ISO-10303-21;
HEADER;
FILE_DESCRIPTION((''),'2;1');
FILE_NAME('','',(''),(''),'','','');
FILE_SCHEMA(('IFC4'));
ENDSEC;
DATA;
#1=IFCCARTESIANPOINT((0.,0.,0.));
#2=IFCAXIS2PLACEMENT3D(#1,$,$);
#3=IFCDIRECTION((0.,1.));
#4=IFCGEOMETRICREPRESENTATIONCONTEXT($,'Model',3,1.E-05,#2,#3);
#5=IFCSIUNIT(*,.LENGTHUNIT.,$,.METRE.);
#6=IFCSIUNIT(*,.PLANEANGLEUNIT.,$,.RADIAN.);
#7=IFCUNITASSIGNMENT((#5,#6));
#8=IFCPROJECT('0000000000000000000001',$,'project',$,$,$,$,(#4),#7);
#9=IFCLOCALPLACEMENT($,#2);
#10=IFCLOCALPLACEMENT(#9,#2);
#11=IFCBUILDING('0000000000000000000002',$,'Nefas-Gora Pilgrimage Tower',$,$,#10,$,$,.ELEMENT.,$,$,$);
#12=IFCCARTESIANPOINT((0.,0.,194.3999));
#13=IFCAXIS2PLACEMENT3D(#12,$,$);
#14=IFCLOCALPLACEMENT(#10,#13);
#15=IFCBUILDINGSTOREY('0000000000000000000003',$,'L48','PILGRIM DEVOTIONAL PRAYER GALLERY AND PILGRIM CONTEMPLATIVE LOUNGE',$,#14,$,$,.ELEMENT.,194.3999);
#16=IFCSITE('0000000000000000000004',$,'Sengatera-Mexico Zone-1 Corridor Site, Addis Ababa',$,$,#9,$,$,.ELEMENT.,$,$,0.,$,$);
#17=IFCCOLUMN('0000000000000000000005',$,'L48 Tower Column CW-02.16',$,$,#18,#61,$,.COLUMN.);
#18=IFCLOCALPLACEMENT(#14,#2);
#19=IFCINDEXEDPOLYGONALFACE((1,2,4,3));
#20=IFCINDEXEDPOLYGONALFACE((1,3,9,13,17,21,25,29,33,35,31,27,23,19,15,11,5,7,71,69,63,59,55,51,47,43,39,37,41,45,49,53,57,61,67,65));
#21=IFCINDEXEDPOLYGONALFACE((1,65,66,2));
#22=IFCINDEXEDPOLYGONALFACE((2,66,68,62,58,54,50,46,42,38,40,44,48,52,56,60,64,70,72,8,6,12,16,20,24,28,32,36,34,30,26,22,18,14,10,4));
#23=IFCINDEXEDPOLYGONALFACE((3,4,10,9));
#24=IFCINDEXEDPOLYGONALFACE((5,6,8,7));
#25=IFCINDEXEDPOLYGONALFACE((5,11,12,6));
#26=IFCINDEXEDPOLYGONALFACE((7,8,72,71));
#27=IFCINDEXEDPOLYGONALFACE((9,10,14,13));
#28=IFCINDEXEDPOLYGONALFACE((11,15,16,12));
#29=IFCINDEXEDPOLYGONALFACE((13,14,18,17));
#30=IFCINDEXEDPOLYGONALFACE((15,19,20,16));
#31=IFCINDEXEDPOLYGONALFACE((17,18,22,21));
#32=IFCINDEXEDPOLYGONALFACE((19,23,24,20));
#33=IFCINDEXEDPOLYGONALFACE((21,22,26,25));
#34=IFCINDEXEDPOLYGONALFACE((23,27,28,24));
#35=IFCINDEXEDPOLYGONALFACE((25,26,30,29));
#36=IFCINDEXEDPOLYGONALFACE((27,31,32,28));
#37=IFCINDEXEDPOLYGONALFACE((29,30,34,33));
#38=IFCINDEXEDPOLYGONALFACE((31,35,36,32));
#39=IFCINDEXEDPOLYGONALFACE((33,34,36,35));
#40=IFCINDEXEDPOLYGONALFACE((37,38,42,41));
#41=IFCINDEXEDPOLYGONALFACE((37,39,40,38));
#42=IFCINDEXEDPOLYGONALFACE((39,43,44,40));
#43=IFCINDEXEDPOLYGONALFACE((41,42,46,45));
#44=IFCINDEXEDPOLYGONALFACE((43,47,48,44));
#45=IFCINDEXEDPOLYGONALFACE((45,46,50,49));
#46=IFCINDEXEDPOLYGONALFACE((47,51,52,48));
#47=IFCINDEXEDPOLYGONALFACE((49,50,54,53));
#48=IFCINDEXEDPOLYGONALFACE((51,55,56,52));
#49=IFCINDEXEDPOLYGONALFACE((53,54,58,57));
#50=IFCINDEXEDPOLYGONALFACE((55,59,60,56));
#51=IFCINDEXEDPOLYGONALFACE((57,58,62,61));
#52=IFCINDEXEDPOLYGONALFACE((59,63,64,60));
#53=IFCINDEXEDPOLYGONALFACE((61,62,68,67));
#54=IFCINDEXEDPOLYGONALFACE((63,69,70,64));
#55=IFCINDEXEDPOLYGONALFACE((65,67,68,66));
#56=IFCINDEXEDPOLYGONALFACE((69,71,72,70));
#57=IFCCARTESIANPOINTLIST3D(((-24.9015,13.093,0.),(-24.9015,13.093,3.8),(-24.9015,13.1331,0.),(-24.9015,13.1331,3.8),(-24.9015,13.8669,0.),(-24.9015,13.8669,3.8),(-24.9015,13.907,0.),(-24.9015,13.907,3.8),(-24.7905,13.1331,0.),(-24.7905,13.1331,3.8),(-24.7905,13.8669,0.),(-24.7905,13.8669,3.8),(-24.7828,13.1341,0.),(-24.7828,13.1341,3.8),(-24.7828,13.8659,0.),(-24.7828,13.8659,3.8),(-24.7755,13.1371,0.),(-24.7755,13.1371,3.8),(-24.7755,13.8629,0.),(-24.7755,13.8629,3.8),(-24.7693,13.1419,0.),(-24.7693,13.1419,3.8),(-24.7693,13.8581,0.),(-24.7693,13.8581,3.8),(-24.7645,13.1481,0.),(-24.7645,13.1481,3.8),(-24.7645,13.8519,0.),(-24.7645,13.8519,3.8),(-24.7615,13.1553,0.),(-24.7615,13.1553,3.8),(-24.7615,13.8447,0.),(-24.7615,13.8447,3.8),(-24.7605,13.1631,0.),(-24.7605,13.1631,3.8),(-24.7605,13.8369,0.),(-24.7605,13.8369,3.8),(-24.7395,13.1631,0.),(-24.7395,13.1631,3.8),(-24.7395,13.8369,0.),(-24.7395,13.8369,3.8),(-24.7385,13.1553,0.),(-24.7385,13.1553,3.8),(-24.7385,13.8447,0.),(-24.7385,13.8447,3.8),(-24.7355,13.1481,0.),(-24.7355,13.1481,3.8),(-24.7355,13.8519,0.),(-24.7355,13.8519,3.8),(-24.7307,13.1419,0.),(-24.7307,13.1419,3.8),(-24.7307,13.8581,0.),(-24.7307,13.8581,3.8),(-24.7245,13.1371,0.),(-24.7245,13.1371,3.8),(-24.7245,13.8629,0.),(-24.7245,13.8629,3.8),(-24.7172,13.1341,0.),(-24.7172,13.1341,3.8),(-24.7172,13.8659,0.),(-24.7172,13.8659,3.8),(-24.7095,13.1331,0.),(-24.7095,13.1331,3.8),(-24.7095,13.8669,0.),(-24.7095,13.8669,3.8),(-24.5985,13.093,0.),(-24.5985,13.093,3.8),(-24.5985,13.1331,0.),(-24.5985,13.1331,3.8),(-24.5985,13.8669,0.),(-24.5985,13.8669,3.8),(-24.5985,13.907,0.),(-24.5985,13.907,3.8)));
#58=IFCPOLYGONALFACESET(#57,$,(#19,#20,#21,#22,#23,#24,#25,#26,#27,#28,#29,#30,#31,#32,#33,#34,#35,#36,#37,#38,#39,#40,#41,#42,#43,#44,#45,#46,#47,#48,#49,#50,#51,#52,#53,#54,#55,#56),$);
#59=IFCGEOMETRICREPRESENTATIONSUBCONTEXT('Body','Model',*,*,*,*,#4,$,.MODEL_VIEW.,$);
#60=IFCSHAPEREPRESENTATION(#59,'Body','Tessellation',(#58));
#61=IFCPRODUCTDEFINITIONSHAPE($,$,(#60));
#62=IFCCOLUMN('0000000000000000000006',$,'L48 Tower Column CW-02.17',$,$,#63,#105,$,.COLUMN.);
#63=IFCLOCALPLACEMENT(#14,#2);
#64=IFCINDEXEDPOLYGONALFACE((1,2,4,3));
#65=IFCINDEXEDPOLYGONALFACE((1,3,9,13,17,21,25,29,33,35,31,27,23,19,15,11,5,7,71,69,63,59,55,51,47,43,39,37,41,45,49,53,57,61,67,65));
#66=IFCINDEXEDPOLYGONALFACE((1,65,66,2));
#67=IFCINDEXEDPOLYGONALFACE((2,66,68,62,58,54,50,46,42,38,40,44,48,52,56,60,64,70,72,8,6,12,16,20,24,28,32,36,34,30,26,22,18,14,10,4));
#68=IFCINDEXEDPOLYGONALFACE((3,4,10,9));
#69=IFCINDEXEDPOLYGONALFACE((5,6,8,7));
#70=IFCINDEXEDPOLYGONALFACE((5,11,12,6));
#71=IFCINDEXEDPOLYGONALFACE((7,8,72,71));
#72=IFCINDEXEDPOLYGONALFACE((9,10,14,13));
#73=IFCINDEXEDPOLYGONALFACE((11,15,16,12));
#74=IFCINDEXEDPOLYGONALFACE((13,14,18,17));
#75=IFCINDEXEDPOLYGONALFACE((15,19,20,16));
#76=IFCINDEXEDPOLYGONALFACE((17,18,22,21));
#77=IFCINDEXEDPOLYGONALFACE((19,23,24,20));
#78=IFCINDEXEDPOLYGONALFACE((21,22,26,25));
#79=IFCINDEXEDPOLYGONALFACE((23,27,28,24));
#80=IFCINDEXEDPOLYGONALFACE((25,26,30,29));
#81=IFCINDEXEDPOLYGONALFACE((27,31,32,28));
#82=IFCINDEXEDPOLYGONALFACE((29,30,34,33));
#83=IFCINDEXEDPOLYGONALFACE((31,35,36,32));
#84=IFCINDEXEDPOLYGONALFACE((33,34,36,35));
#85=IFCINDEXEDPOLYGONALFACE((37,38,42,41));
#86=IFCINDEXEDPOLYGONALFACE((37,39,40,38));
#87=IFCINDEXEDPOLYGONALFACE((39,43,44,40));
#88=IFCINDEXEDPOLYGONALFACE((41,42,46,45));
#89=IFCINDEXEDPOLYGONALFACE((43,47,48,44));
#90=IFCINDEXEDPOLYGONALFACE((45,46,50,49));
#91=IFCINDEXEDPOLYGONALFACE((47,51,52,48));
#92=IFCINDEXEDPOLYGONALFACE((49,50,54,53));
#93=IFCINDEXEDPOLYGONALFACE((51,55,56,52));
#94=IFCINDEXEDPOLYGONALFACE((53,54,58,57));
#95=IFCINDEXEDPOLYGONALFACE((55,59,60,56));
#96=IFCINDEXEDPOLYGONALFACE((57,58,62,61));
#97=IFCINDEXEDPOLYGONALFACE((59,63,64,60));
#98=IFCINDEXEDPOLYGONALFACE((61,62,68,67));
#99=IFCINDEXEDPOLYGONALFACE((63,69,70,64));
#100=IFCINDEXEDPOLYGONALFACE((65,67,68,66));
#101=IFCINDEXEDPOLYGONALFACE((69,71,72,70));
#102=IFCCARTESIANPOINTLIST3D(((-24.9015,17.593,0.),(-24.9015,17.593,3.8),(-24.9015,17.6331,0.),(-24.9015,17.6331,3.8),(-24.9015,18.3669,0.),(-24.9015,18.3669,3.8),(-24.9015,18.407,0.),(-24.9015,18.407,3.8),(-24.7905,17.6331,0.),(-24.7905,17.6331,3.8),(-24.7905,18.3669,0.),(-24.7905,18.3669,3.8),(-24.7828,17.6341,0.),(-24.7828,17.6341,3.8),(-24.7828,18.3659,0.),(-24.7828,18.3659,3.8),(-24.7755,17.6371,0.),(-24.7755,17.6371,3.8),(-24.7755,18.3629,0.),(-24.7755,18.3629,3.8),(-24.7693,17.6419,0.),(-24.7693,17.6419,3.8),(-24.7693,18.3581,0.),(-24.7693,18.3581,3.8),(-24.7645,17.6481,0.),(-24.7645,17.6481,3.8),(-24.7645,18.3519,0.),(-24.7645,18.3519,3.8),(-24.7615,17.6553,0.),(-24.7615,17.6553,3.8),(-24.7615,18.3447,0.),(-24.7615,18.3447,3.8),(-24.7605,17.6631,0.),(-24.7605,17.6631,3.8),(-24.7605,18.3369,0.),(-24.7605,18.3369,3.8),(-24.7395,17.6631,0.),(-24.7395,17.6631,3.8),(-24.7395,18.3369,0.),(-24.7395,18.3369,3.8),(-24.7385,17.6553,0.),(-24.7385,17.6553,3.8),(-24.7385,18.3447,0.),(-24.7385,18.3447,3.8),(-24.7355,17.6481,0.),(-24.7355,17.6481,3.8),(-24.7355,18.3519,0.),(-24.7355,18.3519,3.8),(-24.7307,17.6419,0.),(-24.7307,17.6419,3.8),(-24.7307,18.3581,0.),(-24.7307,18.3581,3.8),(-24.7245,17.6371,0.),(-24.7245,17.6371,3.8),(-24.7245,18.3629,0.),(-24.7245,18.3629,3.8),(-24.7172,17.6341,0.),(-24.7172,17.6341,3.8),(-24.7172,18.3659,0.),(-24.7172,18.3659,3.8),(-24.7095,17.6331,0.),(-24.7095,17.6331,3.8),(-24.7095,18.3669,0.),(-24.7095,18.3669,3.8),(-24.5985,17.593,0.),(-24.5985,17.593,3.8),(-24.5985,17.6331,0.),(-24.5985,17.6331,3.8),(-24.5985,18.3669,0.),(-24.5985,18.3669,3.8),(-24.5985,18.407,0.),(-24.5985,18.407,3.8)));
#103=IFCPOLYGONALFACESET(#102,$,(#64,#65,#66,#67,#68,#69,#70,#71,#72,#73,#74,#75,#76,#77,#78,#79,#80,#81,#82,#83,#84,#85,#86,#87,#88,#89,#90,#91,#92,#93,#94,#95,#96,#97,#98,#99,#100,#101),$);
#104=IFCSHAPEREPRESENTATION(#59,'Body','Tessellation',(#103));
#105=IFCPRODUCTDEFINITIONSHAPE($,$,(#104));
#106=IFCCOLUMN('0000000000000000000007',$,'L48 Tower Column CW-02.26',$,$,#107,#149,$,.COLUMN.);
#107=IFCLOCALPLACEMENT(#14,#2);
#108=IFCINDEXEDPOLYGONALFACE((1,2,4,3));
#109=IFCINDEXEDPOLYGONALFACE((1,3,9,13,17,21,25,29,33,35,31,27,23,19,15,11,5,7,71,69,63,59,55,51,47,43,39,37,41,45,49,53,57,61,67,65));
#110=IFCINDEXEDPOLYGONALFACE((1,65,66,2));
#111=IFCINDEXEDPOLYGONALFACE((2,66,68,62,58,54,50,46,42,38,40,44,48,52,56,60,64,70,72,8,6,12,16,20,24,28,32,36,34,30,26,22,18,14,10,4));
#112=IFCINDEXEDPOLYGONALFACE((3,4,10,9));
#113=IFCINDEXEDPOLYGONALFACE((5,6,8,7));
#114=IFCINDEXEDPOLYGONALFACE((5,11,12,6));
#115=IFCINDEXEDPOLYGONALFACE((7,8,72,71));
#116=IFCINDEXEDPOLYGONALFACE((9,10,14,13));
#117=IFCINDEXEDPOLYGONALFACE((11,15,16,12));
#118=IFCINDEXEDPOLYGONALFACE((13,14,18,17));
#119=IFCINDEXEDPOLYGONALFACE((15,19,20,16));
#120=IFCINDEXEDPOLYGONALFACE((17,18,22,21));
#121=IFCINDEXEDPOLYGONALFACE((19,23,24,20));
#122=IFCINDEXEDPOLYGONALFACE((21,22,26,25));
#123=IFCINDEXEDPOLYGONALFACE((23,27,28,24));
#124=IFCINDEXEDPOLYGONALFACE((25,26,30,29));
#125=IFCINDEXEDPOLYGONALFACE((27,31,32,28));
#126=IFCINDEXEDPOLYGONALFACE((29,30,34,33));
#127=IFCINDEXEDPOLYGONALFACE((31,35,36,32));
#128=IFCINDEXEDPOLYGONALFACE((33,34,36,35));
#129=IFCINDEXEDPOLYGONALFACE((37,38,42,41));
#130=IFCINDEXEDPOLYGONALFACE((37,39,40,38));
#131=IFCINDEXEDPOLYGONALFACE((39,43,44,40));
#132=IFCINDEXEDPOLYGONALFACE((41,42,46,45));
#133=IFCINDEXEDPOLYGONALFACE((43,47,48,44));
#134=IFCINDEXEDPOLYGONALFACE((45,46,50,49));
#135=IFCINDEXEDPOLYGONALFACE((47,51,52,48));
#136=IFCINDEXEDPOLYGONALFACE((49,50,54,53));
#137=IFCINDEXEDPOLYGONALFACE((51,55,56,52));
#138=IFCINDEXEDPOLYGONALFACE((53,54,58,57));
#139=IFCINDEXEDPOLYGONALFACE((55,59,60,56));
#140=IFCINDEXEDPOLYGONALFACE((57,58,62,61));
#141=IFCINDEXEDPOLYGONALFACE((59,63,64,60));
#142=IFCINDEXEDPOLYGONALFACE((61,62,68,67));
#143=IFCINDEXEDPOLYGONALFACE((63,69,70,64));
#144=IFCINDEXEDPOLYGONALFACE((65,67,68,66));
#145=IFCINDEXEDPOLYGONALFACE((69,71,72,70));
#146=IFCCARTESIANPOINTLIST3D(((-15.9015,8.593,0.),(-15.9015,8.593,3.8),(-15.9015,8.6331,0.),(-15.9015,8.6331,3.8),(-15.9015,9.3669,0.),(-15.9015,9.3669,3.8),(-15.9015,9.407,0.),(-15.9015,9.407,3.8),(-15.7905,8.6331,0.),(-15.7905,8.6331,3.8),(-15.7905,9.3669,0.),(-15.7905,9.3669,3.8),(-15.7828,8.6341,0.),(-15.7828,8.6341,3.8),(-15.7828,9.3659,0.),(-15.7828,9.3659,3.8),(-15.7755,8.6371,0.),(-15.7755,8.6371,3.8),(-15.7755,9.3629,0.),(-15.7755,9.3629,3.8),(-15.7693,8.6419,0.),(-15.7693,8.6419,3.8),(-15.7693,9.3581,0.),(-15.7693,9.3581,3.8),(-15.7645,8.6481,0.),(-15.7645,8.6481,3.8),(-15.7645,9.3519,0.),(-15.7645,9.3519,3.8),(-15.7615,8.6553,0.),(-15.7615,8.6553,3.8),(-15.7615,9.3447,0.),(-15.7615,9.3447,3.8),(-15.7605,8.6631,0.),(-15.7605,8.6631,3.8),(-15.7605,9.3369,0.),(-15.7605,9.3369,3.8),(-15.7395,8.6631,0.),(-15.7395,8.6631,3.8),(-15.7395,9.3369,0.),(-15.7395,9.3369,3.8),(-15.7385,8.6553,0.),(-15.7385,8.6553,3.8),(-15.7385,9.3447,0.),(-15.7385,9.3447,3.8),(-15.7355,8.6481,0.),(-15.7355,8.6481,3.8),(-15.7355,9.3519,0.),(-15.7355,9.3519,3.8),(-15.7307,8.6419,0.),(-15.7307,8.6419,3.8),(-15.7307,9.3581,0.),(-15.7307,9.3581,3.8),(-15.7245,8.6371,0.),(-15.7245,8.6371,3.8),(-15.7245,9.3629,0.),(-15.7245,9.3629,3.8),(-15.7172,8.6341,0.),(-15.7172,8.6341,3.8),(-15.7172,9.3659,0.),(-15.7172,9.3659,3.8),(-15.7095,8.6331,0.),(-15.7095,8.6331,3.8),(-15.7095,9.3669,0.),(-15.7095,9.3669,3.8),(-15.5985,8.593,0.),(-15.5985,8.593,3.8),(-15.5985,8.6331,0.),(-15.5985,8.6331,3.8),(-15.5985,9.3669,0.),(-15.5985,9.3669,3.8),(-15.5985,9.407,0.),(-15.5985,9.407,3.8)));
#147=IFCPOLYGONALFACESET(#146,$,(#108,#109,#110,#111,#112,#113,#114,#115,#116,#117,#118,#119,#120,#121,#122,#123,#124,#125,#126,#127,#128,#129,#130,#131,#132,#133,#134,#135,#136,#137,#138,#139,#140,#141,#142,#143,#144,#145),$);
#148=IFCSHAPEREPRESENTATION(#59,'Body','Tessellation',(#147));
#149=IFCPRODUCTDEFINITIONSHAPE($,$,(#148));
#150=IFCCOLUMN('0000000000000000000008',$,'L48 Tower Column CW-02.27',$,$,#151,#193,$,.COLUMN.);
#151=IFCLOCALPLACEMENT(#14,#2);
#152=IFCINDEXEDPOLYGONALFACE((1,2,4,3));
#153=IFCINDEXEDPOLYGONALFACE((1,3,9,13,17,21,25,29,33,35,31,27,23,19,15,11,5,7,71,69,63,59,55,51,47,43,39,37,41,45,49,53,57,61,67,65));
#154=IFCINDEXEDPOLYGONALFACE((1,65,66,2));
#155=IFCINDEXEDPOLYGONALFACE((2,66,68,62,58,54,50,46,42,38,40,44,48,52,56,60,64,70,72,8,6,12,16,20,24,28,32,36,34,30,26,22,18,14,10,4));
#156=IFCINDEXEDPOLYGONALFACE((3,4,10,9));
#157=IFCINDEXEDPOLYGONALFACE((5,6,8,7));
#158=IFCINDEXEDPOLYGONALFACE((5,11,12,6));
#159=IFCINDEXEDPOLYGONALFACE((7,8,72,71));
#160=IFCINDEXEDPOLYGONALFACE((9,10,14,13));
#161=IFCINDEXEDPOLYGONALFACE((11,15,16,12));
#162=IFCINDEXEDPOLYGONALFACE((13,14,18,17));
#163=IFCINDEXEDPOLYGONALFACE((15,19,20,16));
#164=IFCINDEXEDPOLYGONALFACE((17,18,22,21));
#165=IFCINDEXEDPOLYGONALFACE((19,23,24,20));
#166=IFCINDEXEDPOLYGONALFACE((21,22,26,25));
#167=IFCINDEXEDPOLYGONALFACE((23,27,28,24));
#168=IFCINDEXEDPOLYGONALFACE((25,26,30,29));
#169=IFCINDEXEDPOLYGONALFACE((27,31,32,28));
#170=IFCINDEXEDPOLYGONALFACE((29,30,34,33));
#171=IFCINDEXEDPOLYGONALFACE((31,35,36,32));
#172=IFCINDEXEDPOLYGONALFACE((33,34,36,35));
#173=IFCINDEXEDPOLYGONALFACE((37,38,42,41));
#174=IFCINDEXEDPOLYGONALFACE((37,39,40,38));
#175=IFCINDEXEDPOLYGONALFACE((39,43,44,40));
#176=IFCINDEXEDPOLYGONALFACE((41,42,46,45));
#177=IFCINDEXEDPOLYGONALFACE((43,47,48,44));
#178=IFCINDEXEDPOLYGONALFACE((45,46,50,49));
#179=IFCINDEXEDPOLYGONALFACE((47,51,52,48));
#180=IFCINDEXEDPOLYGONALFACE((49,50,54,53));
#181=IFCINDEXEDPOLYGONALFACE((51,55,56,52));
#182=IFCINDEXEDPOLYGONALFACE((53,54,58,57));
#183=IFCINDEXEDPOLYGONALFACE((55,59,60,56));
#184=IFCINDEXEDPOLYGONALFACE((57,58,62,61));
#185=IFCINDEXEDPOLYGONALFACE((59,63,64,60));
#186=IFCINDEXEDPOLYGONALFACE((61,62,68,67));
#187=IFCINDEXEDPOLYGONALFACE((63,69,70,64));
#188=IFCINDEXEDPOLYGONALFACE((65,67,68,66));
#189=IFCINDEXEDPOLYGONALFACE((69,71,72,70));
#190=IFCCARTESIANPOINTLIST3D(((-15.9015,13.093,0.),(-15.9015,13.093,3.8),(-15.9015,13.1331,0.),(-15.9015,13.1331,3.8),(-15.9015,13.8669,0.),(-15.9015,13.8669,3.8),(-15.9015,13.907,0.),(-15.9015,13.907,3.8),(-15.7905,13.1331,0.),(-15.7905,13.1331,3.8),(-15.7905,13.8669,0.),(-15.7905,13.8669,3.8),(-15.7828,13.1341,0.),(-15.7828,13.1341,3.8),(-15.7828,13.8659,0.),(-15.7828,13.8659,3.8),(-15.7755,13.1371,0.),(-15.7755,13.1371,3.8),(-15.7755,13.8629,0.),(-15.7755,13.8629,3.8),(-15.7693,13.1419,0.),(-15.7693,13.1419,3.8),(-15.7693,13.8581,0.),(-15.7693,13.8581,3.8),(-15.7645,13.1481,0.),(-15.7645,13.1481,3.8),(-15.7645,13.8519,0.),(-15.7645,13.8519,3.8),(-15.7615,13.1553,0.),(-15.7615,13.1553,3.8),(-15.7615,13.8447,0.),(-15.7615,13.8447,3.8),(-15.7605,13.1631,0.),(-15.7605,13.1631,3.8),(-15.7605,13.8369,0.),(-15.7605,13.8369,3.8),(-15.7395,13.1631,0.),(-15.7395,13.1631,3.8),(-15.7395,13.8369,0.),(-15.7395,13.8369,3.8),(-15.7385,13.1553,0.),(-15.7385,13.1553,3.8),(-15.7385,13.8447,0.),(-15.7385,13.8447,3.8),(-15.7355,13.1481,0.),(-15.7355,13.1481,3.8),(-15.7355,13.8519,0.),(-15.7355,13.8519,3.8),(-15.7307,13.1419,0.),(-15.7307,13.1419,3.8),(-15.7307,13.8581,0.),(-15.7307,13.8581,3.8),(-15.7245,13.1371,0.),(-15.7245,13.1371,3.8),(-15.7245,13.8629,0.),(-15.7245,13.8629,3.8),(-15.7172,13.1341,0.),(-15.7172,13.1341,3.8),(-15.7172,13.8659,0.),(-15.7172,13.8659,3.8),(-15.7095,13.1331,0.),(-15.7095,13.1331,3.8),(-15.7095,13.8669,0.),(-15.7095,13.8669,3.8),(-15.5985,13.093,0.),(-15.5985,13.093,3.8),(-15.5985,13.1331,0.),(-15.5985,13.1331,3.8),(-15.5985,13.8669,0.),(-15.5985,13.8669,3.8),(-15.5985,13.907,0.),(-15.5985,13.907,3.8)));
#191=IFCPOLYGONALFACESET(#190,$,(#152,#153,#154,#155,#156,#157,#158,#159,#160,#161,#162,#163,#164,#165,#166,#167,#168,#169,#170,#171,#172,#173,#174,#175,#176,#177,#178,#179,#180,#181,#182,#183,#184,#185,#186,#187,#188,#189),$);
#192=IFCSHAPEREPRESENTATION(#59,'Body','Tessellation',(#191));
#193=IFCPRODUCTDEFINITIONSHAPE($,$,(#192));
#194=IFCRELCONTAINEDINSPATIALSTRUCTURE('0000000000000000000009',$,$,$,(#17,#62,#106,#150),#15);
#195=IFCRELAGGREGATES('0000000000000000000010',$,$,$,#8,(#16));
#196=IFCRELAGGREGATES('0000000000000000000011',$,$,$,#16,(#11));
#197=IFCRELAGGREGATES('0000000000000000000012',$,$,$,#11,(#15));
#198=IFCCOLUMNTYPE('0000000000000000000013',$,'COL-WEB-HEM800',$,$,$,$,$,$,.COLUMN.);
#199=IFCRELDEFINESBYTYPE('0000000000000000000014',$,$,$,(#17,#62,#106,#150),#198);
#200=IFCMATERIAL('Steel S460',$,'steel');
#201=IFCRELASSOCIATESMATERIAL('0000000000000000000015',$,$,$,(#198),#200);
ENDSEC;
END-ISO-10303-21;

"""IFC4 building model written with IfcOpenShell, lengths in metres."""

from ifc_helpers import new_model, si_unit, direction, frame, origin, origin_2d, place, context, subcontext, project, spatial, i_section, extrude, source, transform, mapped, material, material_profile, profile_set, type_object, element, save


model = new_model("IFC4")

# Units and contexts
model_context = context("Model", 3, precision=1e-05, world=origin(), true_north=direction((0.0, 1.0)))
body_context = subcontext(model_context, "Body", "Model", "MODEL_VIEW")
ifc_project = project(units=[si_unit("LENGTHUNIT", "METRE"), si_unit("PLANEANGLEUNIT", "RADIAN")], contexts=[model_context])

# Site, building, storey
site_placement = place(None, origin())
site = spatial("IfcSite", under=ifc_project, at=site_placement, Name="Sengatera-Mexico Zone-1 Corridor Site, Addis Ababa", CompositionType="ELEMENT", RefElevation=0.0)
building_placement = place(site_placement, origin())
building = spatial("IfcBuilding", under=site, at=building_placement, Name="Nefas-Gora Pilgrimage Tower", CompositionType="ELEMENT")
storey_placement = place(building_placement, frame((0.0, 0.0, 194.3999)))
storey = spatial("IfcBuildingStorey", under=building, at=storey_placement, Name="L48", Description="PILGRIM DEVOTIONAL PRAYER GALLERY AND PILGRIM CONTEMPLATIVE LOUNGE", CompositionType="ELEMENT", Elevation=194.3999)

# Columns
ifc_material_1 = material(Name="Steel S460", Category="steel")
ifc_material_profile_1 = material_profile(ifc_material_1, i_section(OverallWidth=0.303, OverallDepth=0.814, WebThickness=0.021, FlangeThickness=0.04, FilletRadius=0.03, at=origin_2d()), Name="HEM 800")
ifc_profile_set_1 = profile_set([ifc_material_profile_1], Name="Steel S460")
column_type_1 = type_object("IfcColumnType", Name="COL-WEB-HEM800", PredefinedType="COLUMN", material=ifc_profile_set_1)
shared_shape_1 = source(origin(), body_context, "Body", "SweptSolid", [
    extrude(i_section(OverallWidth=0.303, OverallDepth=0.814, WebThickness=0.021, FlangeThickness=0.04, FilletRadius=0.03, at=origin_2d()), origin(), (0.0, 0.0, 1.0), 3.8),
])
for number, where, z_axis, x_axis, name in (
    (1, (-24.75, 13.5, 0.0), (0.0, 0.0, 1.0), (1.0, 0.0, 0.0), "L48 Tower Column CW-02.16"),
    (2, (-24.75, 18.0, 0.0), (0.0, 0.0, 1.0), (1.0, 0.0, 0.0), "L48 Tower Column CW-02.17"),
    (3, (-15.75, 9.0, 0.0), (0.0, 0.0, 1.0), (1.0, 0.0, 0.0), "L48 Tower Column CW-02.26"),
    (4, (-15.75, 13.5, 0.0), (0.0, 0.0, 1.0), (1.0, 0.0, 0.0), "L48 Tower Column CW-02.27"),
):
    element("IfcColumn", number, at=place(storey_placement, frame(where, z_axis=z_axis, x_axis=x_axis)), inside=storey, type_object=column_type_1, Name=name, PredefinedType="COLUMN", context=body_context, shape_type="MappedRepresentation", body=[
        mapped(shared_shape_1, transform((0.0, 0.0, 0.0), x_axis=(1.0, 0.0, 0.0), y_axis=(0.0, 1.0, 0.0), z_axis=(0.0, 0.0, 1.0), scale=1.0)),
    ])

save(model, "model.ifc")
